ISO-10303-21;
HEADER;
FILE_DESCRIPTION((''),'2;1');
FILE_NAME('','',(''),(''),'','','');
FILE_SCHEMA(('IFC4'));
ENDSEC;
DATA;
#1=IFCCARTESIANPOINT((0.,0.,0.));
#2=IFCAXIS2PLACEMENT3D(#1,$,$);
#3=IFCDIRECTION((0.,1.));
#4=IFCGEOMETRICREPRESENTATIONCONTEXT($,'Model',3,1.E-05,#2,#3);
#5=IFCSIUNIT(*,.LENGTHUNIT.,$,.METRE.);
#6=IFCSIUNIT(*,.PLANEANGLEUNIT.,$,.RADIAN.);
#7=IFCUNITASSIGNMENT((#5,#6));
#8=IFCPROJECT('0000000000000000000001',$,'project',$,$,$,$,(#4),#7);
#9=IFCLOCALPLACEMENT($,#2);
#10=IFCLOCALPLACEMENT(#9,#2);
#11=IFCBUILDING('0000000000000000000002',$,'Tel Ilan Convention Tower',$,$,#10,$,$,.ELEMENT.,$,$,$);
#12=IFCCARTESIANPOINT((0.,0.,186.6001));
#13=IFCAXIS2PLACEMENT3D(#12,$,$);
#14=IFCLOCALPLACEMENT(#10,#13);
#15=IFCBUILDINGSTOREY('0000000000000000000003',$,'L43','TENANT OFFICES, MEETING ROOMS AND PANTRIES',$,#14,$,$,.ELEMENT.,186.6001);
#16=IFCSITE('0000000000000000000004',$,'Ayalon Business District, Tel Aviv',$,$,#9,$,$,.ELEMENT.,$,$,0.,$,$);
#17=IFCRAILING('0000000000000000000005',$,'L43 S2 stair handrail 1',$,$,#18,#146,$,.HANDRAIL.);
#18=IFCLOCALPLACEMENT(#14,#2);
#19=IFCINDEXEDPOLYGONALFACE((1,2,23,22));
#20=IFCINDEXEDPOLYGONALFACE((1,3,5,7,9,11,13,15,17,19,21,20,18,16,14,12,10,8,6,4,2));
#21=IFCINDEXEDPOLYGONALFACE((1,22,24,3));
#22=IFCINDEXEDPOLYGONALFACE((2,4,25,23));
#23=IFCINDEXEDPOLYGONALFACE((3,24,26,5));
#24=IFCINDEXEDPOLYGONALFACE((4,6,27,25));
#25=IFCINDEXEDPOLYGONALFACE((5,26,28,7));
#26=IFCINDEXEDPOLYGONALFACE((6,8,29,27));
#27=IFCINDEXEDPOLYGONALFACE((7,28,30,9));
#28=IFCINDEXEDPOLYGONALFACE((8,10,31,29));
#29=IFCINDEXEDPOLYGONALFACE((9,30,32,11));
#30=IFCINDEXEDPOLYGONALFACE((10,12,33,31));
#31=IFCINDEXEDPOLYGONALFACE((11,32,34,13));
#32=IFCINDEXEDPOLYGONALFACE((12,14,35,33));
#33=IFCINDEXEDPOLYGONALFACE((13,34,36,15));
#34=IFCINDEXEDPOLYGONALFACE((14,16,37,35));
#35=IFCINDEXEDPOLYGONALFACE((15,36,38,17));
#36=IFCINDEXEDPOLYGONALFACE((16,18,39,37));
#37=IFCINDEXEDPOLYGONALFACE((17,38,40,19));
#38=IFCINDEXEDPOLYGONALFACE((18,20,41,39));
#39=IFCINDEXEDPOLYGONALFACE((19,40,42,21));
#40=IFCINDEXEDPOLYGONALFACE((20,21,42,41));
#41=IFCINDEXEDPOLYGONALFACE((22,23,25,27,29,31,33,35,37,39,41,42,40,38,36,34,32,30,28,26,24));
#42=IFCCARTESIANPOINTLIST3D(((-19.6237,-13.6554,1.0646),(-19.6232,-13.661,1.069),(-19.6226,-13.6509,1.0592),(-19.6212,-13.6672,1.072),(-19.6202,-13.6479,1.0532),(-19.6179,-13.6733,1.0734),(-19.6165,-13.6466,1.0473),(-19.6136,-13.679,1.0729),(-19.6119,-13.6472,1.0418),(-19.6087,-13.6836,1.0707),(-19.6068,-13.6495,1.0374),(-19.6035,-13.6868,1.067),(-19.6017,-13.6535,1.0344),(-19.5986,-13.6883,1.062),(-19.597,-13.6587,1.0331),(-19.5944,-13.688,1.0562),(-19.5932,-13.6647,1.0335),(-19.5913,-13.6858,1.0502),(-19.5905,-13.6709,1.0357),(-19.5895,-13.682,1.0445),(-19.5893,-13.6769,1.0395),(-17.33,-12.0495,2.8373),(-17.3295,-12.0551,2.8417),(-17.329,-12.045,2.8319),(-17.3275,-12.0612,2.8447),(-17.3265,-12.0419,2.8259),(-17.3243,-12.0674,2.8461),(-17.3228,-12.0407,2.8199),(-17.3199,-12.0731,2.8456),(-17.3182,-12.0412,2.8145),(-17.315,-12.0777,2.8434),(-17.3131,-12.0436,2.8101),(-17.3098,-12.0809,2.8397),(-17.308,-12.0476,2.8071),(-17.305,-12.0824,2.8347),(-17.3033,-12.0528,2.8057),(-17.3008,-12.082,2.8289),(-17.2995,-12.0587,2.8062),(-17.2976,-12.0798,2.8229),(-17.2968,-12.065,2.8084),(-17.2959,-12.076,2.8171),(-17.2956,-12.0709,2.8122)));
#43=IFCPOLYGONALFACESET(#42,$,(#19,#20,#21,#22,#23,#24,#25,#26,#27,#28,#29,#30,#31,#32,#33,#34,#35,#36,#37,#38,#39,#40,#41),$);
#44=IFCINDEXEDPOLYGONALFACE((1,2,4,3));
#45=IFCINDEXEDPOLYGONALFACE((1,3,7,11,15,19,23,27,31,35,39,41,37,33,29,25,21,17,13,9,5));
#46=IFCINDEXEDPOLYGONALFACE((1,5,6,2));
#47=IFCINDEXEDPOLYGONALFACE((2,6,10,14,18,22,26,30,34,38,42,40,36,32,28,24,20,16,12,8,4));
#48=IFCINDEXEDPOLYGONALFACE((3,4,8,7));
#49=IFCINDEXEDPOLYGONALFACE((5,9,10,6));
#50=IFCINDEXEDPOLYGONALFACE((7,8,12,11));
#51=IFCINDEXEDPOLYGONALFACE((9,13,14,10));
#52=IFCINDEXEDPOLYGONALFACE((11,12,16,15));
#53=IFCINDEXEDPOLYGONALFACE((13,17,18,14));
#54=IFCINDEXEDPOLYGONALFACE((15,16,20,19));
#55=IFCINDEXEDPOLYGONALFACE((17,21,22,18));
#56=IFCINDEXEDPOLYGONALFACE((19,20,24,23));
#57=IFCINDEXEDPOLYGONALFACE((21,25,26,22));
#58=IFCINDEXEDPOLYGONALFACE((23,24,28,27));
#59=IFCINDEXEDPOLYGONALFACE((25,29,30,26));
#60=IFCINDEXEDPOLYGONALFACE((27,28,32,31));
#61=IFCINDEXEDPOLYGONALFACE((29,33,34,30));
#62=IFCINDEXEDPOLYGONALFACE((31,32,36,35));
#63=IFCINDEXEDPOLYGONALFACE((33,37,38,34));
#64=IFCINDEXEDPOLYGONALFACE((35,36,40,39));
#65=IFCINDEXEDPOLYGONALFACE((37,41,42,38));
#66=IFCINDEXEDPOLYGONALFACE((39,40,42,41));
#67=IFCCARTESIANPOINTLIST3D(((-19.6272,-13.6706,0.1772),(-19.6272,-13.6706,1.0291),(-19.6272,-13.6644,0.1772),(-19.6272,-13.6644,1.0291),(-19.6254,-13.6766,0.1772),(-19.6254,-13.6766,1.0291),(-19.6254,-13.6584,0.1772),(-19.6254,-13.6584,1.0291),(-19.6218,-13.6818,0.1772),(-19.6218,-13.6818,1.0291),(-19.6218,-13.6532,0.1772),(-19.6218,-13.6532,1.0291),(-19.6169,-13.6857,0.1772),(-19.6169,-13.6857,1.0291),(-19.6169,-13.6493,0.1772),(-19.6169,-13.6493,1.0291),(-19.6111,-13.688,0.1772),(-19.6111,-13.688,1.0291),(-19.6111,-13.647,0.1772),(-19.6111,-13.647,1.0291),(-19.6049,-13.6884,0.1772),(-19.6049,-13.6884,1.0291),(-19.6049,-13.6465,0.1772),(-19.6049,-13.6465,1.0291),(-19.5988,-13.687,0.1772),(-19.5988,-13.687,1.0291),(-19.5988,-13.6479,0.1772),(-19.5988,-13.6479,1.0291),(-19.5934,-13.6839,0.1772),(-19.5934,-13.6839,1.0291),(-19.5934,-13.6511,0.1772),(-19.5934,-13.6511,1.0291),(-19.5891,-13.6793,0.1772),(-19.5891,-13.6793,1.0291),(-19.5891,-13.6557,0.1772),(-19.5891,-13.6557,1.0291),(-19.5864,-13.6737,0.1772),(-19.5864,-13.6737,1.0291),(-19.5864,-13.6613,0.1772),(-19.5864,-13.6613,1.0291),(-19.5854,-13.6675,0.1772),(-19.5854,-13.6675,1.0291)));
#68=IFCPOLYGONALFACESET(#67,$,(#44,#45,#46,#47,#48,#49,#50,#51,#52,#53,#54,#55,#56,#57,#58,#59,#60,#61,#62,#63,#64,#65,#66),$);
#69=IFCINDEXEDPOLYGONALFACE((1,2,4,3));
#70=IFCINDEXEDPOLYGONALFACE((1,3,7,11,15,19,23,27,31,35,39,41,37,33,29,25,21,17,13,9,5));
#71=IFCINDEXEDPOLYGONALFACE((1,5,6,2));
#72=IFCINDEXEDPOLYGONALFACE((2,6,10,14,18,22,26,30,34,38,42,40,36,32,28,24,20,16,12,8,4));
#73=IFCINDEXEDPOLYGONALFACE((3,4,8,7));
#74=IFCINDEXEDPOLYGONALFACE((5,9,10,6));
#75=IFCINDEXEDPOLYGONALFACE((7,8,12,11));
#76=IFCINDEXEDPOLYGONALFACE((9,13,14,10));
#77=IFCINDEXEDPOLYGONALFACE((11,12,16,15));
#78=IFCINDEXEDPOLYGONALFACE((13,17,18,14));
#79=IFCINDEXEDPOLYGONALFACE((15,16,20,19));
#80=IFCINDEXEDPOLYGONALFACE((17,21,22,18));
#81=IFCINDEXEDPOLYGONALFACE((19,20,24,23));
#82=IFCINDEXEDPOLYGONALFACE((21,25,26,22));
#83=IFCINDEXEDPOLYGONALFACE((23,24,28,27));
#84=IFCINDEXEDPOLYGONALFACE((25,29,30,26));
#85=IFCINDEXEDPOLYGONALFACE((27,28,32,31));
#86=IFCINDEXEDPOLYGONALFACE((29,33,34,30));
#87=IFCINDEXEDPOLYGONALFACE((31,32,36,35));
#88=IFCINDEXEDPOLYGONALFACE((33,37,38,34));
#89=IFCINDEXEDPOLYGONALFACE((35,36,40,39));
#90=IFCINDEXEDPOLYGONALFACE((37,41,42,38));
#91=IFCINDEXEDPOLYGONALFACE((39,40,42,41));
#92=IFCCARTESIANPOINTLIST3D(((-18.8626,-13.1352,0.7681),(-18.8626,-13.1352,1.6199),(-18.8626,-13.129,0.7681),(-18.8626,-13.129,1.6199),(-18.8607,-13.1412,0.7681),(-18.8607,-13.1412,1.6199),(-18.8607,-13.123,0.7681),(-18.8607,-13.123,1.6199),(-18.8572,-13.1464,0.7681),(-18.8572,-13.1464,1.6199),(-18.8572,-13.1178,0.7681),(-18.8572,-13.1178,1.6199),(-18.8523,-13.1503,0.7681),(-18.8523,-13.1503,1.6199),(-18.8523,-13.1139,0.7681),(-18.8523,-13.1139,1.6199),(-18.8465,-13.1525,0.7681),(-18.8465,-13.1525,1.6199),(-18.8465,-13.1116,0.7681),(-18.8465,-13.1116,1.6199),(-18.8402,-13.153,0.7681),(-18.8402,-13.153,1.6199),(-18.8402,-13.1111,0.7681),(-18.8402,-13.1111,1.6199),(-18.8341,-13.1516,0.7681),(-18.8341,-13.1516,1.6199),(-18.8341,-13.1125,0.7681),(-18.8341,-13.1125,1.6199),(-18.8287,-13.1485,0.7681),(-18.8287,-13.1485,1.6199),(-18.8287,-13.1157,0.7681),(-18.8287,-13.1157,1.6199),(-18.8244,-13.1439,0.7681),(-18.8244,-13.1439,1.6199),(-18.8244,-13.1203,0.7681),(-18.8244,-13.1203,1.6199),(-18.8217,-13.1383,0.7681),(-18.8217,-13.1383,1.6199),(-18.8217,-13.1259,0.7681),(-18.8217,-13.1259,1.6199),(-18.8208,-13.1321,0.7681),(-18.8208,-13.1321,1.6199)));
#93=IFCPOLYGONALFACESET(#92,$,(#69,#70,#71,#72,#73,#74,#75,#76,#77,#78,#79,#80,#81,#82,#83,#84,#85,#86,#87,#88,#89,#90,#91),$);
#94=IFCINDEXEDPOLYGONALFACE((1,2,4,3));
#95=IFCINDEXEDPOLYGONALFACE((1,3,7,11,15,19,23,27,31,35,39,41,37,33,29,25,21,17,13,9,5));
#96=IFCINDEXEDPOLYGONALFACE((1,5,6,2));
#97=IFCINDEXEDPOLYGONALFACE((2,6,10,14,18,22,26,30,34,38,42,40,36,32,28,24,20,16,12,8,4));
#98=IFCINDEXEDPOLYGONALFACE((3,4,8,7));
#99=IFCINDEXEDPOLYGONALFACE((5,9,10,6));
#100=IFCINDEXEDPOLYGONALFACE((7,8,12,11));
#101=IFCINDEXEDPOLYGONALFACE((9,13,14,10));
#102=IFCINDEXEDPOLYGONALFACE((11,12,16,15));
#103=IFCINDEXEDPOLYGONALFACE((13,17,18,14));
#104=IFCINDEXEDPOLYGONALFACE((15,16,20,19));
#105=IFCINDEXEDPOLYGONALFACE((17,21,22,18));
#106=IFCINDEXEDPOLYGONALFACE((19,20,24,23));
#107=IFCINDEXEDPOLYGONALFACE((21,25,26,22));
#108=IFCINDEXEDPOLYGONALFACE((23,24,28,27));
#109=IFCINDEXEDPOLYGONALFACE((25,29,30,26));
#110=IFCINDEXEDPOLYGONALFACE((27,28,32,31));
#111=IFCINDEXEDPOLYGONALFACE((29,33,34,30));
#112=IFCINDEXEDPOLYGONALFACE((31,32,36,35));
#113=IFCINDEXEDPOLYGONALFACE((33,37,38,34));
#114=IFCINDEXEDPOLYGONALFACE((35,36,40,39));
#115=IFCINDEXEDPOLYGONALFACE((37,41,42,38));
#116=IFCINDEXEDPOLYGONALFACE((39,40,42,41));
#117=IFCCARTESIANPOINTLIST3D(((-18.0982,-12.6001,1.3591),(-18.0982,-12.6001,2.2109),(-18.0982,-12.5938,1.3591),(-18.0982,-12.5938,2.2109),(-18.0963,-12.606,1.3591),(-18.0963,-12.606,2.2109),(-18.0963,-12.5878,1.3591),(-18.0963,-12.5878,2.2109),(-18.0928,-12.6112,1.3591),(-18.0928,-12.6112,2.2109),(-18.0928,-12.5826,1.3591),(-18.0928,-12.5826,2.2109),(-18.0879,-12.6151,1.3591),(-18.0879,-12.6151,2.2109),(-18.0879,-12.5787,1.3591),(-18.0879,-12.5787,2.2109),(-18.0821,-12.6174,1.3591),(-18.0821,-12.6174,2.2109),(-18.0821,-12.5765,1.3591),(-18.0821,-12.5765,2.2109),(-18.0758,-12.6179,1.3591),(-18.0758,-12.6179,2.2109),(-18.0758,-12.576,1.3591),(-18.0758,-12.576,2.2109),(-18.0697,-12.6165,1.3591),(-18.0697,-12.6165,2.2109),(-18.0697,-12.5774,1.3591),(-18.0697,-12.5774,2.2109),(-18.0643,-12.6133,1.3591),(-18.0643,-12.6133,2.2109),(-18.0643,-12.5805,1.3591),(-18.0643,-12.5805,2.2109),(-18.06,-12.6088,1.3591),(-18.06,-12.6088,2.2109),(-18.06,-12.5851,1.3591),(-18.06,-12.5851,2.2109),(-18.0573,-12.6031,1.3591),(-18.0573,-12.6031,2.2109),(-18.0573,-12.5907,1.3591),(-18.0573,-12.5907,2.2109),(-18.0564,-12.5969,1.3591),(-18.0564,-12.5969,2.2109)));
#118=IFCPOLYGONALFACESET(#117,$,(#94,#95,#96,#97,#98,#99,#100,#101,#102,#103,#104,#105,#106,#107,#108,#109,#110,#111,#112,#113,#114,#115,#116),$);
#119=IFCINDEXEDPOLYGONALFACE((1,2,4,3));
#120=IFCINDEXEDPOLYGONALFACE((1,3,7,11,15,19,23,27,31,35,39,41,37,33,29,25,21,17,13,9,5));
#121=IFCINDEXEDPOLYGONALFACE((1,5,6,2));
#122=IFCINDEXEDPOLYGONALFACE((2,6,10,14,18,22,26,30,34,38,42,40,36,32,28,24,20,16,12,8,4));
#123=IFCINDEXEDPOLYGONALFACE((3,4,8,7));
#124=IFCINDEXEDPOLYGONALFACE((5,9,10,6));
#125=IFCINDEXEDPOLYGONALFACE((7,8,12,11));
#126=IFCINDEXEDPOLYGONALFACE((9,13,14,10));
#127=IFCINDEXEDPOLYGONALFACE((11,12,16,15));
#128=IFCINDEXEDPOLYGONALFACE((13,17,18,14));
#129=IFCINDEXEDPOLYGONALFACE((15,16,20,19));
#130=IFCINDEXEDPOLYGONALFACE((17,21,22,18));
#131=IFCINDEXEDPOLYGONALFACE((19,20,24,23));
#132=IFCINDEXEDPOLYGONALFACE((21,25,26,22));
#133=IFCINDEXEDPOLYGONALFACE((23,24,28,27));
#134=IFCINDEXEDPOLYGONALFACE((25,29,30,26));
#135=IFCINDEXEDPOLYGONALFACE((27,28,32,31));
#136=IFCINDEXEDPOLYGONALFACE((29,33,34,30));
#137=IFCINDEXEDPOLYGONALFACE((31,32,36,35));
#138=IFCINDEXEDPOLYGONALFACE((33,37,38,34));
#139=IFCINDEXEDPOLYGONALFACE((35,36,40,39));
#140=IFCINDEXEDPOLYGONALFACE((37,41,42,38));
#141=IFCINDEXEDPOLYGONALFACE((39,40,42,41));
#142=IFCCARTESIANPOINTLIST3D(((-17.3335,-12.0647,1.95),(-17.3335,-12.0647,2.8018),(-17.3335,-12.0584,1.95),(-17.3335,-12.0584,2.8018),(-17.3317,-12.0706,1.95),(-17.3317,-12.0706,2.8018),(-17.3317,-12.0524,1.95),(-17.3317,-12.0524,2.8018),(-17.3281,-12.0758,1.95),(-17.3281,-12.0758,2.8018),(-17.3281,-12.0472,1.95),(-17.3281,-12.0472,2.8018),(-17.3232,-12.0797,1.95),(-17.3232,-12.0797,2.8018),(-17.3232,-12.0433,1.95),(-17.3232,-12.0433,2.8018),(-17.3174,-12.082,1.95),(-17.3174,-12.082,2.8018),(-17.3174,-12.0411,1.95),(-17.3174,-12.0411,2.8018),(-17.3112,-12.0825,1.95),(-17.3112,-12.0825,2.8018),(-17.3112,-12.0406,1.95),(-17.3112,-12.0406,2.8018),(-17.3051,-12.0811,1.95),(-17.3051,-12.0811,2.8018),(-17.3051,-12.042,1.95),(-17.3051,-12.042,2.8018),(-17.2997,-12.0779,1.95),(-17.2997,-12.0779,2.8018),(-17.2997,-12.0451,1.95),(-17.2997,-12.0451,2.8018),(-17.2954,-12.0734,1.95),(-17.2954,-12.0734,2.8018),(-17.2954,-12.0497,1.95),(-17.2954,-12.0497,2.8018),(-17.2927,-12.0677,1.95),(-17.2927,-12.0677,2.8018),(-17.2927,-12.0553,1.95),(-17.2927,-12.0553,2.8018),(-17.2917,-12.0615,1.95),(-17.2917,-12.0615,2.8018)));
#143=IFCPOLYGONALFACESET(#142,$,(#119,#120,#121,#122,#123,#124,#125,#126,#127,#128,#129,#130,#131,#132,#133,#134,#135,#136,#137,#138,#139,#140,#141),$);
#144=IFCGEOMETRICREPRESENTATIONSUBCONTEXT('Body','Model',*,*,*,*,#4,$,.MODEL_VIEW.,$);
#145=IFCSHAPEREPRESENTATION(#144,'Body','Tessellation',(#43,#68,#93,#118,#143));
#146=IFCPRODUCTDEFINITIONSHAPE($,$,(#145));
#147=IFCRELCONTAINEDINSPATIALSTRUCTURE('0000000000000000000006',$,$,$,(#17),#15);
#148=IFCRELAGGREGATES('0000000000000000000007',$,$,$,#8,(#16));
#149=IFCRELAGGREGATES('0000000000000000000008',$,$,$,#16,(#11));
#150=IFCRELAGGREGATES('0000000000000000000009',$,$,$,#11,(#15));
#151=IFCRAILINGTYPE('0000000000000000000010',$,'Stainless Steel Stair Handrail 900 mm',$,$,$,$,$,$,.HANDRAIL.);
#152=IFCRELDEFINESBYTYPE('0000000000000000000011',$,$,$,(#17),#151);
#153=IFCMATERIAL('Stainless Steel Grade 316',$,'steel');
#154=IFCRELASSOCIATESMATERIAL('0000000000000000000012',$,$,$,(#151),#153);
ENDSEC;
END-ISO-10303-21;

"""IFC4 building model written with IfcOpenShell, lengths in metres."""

from ifc_helpers import new_model, si_unit, direction, frame, origin, origin_2d, place, context, subcontext, project, spatial, circle, extrude, material, type_object, element, save


model = new_model("IFC4")

# Units and contexts
model_context = context("Model", 3, precision=1e-05, world=origin(), true_north=direction((0.0, 1.0)))
body_context = subcontext(model_context, "Body", "Model", "MODEL_VIEW")
ifc_project = project(units=[si_unit("LENGTHUNIT", "METRE"), si_unit("PLANEANGLEUNIT", "RADIAN")], contexts=[model_context])

# Site, building, storey
site_placement = place(None, origin())
site = spatial("IfcSite", under=ifc_project, at=site_placement, Name="Ayalon Business District, Tel Aviv", CompositionType="ELEMENT", RefElevation=0.0)
building_placement = place(site_placement, origin())
building = spatial("IfcBuilding", under=site, at=building_placement, Name="Tel Ilan Convention Tower", CompositionType="ELEMENT")
storey_placement = place(building_placement, frame((0.0, 0.0, 186.6001)))
storey = spatial("IfcBuildingStorey", under=building, at=storey_placement, Name="L43", Description="TENANT OFFICES, MEETING ROOMS AND PANTRIES", CompositionType="ELEMENT", Elevation=186.6001)

# Railing
ifc_material_1 = material(Name="Stainless Steel Grade 316", Category="steel")
railing_type_1 = type_object("IfcRailingType", Name="Stainless Steel Stair Handrail 900 mm", PredefinedType="HANDRAIL", material=ifc_material_1)
railing_1_placement = place(storey_placement, frame((-19.6064, -13.6675, 0.1772)))
element("IfcRailing", 1, at=railing_1_placement, inside=storey, type_object=railing_type_1, Name="L43 S2 stair handrail 1", PredefinedType="HANDRAIL", context=body_context, shape_type="SweptSolid", body=[
    extrude(circle(Radius=0.0239, at=origin_2d()), frame((0.0, 0.0, 0.876), z_axis=(0.692123, 0.484597, 0.534913), x_axis=(-0.57355, 0.81917, 0.0)), (0.0, 0.0, 1.0), 3.314),
    extrude(circle(Radius=0.021, at=origin_2d()), origin(), (0.0, 0.0, 1.0), 0.8518),
    extrude(circle(Radius=0.021, at=origin_2d()), frame((0.7646, 0.5354, 0.5908)), (0.0, 0.0, 1.0), 0.8518),
    extrude(circle(Radius=0.021, at=origin_2d()), frame((1.5291, 1.0706, 1.1819)), (0.0, 0.0, 1.0), 0.8518),
    extrude(circle(Radius=0.021, at=origin_2d()), frame((2.2937, 1.606, 1.7727)), (0.0, 0.0, 1.0), 0.8518),
])

save(model, "model.ifc")
